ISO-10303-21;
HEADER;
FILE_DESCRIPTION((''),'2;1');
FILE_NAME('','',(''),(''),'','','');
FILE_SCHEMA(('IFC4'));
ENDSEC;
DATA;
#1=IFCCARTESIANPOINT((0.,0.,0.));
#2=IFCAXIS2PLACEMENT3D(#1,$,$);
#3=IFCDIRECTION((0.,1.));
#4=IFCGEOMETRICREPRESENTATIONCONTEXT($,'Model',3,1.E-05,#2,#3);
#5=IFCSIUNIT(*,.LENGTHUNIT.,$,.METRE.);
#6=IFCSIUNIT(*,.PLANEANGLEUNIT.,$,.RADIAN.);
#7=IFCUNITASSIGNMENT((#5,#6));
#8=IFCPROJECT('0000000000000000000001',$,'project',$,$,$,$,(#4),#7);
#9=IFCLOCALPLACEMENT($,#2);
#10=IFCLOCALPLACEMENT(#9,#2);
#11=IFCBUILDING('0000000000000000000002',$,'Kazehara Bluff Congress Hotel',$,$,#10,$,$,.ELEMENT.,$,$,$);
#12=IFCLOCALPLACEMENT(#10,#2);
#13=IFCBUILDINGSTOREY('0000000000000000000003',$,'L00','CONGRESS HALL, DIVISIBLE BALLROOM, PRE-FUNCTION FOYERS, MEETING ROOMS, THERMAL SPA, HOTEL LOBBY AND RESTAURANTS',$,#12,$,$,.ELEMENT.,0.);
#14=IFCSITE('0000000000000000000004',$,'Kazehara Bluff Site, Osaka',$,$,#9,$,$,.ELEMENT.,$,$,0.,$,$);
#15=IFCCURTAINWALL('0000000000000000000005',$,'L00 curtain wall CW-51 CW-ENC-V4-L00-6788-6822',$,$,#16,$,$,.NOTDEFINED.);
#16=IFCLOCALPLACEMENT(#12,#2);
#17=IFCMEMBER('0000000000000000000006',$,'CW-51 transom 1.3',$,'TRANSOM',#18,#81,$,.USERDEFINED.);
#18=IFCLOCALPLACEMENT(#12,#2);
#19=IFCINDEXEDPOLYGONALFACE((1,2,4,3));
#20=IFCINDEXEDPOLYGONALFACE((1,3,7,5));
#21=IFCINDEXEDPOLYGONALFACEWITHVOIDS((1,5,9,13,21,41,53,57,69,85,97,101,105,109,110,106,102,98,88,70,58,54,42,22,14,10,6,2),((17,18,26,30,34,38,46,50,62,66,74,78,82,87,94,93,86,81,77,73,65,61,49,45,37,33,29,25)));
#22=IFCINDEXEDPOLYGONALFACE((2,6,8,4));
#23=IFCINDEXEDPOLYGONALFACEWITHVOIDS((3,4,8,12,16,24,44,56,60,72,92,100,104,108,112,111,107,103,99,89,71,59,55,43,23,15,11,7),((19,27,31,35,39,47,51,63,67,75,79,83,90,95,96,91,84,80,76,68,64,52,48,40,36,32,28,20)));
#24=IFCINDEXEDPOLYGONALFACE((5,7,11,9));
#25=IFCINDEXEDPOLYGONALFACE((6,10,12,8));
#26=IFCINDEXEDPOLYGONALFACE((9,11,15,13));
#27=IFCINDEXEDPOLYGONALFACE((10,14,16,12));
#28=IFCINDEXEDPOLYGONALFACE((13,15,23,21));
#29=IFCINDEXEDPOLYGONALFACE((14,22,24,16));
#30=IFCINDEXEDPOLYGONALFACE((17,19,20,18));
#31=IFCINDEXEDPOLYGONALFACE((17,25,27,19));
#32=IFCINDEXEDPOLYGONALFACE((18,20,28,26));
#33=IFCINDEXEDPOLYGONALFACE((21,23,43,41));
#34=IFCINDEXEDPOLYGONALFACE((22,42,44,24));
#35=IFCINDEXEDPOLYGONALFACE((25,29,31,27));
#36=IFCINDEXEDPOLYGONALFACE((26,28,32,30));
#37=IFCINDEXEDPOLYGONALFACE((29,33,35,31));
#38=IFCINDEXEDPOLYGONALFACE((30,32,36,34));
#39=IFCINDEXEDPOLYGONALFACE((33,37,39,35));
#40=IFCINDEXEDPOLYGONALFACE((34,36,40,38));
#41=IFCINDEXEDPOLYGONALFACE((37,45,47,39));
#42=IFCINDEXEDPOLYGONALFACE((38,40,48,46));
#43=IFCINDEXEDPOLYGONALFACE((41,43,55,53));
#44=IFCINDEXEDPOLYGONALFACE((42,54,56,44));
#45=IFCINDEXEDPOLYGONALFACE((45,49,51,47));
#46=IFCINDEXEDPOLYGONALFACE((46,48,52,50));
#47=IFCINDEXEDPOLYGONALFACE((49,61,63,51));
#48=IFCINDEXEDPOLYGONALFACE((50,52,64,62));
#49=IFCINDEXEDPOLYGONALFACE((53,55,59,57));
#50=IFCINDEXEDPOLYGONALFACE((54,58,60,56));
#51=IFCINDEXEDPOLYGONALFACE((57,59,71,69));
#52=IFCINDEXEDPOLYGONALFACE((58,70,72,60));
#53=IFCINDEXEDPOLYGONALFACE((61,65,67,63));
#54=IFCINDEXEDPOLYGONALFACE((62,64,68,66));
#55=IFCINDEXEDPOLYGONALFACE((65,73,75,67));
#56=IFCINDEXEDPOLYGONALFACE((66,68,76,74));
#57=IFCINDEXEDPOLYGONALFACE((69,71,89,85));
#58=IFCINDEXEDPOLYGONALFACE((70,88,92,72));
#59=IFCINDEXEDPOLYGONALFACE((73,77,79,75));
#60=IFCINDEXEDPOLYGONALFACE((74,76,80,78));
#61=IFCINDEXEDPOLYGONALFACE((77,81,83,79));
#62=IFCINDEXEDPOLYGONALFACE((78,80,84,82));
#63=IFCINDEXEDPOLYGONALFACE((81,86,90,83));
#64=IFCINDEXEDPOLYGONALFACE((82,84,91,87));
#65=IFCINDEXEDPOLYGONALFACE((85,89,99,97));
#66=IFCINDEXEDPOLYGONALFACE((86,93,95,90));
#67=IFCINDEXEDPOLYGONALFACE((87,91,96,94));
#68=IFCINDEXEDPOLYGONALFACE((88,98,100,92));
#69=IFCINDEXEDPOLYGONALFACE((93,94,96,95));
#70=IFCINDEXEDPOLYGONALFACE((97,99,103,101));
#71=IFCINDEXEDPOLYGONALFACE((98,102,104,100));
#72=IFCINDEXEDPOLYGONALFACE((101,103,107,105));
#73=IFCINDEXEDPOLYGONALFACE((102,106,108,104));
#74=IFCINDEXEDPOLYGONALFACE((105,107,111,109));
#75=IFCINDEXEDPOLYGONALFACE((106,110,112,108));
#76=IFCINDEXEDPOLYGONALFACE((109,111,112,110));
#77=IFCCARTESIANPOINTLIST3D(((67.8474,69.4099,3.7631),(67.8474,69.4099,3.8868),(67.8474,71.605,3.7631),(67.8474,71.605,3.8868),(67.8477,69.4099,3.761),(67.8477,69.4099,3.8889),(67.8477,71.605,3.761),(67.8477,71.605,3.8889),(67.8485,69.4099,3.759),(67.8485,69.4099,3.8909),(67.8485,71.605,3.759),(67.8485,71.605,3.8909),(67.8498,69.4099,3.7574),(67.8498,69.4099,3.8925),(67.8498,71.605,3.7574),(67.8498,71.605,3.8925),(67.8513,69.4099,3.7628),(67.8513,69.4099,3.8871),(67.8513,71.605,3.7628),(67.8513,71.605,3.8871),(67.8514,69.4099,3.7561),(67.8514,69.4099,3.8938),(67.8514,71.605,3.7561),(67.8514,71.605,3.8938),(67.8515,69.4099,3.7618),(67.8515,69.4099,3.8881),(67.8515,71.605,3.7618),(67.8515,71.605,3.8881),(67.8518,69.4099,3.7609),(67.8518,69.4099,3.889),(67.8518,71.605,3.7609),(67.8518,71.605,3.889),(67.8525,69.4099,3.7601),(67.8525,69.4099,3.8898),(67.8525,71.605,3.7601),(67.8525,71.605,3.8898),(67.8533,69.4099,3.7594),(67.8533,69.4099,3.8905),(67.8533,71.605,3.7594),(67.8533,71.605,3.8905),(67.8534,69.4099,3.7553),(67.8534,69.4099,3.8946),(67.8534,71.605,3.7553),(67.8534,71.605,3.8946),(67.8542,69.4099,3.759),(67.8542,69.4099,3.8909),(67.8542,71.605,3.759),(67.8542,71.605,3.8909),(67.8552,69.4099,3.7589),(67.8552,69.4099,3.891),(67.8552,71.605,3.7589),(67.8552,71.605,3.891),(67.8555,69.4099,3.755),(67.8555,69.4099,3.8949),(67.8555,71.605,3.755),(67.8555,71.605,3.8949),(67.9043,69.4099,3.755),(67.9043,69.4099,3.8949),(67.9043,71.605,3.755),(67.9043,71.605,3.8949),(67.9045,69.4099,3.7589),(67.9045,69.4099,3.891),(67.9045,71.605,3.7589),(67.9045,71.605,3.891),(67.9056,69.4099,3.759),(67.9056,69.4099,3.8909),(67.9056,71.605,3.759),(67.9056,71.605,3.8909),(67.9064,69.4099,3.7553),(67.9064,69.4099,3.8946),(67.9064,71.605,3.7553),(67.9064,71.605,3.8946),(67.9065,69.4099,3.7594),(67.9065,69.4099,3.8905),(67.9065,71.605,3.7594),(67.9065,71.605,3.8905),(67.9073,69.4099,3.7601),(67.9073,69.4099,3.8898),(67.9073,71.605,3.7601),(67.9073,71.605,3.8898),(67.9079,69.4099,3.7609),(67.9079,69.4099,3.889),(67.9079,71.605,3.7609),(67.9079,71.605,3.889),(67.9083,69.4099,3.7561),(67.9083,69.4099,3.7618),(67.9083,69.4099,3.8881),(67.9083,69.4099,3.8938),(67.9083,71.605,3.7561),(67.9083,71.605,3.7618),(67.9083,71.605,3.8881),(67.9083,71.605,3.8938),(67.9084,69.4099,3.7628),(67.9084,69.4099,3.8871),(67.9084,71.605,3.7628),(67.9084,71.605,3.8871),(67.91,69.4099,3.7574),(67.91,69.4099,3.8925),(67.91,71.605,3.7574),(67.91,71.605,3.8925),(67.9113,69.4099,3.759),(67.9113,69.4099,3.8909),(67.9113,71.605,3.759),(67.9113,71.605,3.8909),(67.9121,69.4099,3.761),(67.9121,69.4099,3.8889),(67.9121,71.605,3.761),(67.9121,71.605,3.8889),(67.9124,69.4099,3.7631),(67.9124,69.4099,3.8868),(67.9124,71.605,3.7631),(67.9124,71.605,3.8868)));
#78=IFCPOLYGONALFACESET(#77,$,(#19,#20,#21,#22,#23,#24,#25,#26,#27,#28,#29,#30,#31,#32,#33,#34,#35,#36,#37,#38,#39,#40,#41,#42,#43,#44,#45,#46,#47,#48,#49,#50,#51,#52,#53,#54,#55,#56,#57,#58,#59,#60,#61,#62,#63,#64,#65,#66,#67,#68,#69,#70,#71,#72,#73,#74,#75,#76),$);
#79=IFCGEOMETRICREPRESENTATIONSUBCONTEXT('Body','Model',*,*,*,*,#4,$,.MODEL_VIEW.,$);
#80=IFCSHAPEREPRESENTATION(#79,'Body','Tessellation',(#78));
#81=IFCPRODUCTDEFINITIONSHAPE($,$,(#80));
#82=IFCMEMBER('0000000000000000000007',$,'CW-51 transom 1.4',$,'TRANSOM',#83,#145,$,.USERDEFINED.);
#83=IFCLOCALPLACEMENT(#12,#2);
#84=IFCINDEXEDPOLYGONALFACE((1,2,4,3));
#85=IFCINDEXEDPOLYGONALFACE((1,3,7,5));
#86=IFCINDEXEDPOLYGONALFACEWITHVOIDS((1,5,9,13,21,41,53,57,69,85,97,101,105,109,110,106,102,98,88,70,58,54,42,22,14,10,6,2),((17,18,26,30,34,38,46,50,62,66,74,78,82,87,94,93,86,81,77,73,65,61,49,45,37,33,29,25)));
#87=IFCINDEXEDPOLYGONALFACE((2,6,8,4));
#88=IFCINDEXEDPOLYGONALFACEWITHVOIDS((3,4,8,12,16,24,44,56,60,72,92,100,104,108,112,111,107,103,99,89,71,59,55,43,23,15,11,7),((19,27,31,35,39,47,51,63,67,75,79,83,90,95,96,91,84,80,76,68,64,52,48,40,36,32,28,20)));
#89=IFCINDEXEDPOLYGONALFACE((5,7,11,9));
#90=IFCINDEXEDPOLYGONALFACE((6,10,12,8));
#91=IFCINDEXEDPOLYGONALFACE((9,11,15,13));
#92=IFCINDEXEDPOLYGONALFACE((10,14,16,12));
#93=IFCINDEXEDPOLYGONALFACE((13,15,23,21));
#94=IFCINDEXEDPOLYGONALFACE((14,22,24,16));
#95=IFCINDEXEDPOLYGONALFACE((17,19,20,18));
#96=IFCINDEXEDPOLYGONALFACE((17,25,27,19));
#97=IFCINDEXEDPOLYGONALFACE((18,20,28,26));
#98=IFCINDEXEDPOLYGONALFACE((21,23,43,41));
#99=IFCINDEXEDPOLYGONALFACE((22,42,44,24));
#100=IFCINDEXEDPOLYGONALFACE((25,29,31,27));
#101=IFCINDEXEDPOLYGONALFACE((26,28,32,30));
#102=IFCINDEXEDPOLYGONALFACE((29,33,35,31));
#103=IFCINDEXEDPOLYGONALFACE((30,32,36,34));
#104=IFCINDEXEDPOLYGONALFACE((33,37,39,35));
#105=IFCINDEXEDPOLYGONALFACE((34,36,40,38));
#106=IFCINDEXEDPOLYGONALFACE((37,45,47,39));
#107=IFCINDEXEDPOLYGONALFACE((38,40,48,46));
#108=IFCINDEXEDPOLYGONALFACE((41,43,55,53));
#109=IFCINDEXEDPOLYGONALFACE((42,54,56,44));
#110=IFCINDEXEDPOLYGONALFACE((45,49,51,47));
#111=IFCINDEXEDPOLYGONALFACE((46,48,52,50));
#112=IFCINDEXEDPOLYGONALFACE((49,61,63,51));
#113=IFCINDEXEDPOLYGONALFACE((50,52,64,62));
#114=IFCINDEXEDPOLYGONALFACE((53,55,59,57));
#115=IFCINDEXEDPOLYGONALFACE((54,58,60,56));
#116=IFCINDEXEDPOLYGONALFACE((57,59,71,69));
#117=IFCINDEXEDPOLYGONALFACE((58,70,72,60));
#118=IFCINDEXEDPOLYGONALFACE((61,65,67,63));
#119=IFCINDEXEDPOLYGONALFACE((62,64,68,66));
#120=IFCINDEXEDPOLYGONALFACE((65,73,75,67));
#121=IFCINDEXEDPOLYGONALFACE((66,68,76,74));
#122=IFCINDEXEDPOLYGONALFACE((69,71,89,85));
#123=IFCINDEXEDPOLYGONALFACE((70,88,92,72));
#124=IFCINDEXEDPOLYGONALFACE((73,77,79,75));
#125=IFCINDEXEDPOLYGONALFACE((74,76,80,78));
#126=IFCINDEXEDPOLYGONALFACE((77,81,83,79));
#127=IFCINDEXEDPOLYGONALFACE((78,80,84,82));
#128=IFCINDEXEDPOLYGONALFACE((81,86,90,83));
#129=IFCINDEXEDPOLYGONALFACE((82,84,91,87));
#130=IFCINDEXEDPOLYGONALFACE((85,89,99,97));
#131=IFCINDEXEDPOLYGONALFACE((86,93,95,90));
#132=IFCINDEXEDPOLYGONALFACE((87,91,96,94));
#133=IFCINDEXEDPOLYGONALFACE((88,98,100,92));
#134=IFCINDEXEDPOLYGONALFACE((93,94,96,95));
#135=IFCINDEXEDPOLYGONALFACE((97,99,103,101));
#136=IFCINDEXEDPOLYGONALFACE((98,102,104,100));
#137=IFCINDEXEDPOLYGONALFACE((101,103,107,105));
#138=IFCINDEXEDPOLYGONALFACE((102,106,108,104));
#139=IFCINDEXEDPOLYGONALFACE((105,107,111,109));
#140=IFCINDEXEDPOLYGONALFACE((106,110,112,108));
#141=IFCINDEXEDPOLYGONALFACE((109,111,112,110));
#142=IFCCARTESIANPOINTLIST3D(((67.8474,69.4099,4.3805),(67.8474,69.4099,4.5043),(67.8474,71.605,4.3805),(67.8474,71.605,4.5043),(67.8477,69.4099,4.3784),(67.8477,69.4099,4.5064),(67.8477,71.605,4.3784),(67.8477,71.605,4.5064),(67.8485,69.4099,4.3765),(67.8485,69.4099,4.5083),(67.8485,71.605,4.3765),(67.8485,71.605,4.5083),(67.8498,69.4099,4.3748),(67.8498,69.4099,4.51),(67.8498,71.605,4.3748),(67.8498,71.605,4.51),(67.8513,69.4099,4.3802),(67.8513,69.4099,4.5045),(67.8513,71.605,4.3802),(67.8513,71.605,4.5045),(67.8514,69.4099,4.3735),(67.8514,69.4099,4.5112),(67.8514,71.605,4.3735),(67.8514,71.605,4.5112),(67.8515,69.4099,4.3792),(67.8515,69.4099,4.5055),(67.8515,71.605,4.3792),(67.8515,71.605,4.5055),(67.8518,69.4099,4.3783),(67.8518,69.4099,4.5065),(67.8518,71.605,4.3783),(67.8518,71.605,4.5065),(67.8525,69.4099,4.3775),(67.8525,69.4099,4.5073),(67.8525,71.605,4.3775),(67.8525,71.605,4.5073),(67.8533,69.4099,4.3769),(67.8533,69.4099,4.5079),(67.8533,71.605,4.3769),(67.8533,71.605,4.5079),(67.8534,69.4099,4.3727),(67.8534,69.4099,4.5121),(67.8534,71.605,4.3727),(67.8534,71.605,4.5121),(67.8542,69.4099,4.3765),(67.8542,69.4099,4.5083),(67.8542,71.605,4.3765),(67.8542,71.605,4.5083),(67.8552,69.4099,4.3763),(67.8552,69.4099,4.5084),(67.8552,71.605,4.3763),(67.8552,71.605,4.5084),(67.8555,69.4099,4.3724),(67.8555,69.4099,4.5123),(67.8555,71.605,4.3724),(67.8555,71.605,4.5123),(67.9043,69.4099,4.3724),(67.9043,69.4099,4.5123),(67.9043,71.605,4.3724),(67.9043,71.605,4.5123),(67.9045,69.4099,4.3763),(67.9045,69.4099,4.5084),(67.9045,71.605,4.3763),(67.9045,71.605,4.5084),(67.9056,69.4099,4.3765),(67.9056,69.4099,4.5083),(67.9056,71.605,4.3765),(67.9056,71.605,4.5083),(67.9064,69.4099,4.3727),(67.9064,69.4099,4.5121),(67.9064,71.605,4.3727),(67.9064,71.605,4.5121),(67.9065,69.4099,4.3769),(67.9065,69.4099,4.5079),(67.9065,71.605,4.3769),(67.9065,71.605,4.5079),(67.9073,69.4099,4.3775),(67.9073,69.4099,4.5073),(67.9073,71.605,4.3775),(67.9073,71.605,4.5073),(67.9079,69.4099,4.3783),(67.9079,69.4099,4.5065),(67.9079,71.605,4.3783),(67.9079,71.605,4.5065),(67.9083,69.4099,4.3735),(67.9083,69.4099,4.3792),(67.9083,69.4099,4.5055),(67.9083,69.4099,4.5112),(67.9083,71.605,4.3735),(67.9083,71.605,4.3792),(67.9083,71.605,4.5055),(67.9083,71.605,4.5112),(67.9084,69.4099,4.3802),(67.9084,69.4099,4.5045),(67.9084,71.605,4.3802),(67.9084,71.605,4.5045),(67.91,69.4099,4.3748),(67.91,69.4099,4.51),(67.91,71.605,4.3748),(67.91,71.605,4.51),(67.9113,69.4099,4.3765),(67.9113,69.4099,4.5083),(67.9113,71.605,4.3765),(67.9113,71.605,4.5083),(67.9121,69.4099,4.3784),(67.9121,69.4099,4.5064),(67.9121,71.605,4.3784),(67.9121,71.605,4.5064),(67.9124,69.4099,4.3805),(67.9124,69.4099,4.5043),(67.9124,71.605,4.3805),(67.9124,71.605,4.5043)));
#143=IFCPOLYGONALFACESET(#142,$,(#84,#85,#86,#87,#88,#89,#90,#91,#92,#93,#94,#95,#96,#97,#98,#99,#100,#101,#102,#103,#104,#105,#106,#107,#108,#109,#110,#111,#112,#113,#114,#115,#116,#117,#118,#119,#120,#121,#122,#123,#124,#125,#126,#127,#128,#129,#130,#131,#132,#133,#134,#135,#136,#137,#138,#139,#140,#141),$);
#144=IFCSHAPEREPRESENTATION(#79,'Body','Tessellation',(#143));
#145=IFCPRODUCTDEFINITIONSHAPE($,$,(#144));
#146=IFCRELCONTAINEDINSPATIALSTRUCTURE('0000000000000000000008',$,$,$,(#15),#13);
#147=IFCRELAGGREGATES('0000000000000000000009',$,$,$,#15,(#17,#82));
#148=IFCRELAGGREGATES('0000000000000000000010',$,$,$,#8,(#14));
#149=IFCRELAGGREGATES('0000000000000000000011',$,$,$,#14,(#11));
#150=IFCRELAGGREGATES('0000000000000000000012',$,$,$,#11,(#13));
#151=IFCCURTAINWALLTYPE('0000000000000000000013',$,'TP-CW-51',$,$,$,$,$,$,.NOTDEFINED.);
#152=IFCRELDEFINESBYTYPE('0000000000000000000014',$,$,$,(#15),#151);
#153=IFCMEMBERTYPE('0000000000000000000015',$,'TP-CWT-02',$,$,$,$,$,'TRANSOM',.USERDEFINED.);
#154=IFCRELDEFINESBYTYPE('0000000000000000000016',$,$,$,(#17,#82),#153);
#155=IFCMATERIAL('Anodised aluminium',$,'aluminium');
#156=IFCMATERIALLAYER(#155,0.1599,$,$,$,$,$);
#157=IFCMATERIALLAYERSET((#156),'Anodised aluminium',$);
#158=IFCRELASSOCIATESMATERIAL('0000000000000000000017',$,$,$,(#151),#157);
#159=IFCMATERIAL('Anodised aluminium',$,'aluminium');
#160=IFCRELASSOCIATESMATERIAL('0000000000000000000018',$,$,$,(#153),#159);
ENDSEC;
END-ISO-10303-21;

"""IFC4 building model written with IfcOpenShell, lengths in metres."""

from ifc_helpers import new_model, si_unit, direction, frame, origin, origin_2d, place, context, subcontext, project, spatial, hollow_rectangle, extrude, material, layer, layer_set, material_profile, profile_set, type_object, element, aggregate, save


model = new_model("IFC4")

# Units and contexts
model_context = context("Model", 3, precision=1e-05, world=origin(), true_north=direction((0.0, 1.0)))
body_context = subcontext(model_context, "Body", "Model", "MODEL_VIEW")
ifc_project = project(units=[si_unit("LENGTHUNIT", "METRE"), si_unit("PLANEANGLEUNIT", "RADIAN")], contexts=[model_context])

# Site, building, storey
site_placement = place(None, origin())
site = spatial("IfcSite", under=ifc_project, at=site_placement, Name="Kazehara Bluff Site, Osaka", CompositionType="ELEMENT", RefElevation=0.0)
building_placement = place(site_placement, origin())
building = spatial("IfcBuilding", under=site, at=building_placement, Name="Kazehara Bluff Congress Hotel", CompositionType="ELEMENT")
storey_placement = place(building_placement, origin())
storey = spatial("IfcBuildingStorey", under=building, at=storey_placement, Name="L00", Description="CONGRESS HALL, DIVISIBLE BALLROOM, PRE-FUNCTION FOYERS, MEETING ROOMS, THERMAL SPA, HOTEL LOBBY AND RESTAURANTS", CompositionType="ELEMENT", Elevation=0.0)

# Curtain wall, members
ifc_material_1 = material(Name="Anodised aluminium", Category="aluminium")
ifc_layer_1 = layer(ifc_material_1, 0.1599)
ifc_layer_set_1 = layer_set([ifc_layer_1], Name="Anodised aluminium")
curtain_wall_type = type_object("IfcCurtainWallType", Name="TP-CW-51", PredefinedType="NOTDEFINED", material=ifc_layer_set_1)
curtain_wall_placement = place(storey_placement, origin())
curtain_wall = element("IfcCurtainWall", 1, at=curtain_wall_placement, inside=storey, type_object=curtain_wall_type, Name="L00 curtain wall CW-51 CW-ENC-V4-L00-6788-6822", PredefinedType="NOTDEFINED")
ifc_material_2 = material(Name="Anodised aluminium", Category="aluminium")
ifc_material_profile_1 = material_profile(ifc_material_2, hollow_rectangle(XDim=0.0649, YDim=0.1399, WallThickness=0.0039, InnerFilletRadius=0.0039, OuterFilletRadius=0.0081, at=origin_2d()))
ifc_profile_set_1 = profile_set([ifc_material_profile_1], Name="Anodised aluminium")
member_type_1 = type_object("IfcMemberType", Name="TP-CWT-02", ElementType="TRANSOM", PredefinedType="USERDEFINED", material=ifc_profile_set_1)
member_1_placement = place(storey_placement, frame((67.8799, 71.605, 3.825), z_axis=(0.0, -1.0, 0.0), x_axis=(1.0, 0.0, 0.0)))
member_1 = element("IfcMember", 2, at=member_1_placement, type_object=member_type_1, Name="CW-51 transom 1.3", ObjectType="TRANSOM", PredefinedType="USERDEFINED", context=body_context, shape_type="SweptSolid", body=[
    extrude(hollow_rectangle(XDim=0.0649, YDim=0.1399, WallThickness=0.0039, InnerFilletRadius=0.0039, OuterFilletRadius=0.0081, at=origin_2d()), origin(), (0.0, 0.0, 1.0), 2.1951),
])
member_2_placement = place(storey_placement, frame((67.8799, 71.605, 4.4424), z_axis=(0.0, -1.0, 0.0), x_axis=(1.0, 0.0, 0.0)))
member_2 = element("IfcMember", 3, at=member_2_placement, type_object=member_type_1, Name="CW-51 transom 1.4", ObjectType="TRANSOM", PredefinedType="USERDEFINED", context=body_context, shape_type="SweptSolid", body=[
    extrude(hollow_rectangle(XDim=0.0649, YDim=0.1399, WallThickness=0.0039, InnerFilletRadius=0.0039, OuterFilletRadius=0.0081, at=origin_2d()), origin(), (0.0, 0.0, 1.0), 2.1951),
])

aggregate(curtain_wall, [member_1, member_2])

save(model, "model.ifc")
